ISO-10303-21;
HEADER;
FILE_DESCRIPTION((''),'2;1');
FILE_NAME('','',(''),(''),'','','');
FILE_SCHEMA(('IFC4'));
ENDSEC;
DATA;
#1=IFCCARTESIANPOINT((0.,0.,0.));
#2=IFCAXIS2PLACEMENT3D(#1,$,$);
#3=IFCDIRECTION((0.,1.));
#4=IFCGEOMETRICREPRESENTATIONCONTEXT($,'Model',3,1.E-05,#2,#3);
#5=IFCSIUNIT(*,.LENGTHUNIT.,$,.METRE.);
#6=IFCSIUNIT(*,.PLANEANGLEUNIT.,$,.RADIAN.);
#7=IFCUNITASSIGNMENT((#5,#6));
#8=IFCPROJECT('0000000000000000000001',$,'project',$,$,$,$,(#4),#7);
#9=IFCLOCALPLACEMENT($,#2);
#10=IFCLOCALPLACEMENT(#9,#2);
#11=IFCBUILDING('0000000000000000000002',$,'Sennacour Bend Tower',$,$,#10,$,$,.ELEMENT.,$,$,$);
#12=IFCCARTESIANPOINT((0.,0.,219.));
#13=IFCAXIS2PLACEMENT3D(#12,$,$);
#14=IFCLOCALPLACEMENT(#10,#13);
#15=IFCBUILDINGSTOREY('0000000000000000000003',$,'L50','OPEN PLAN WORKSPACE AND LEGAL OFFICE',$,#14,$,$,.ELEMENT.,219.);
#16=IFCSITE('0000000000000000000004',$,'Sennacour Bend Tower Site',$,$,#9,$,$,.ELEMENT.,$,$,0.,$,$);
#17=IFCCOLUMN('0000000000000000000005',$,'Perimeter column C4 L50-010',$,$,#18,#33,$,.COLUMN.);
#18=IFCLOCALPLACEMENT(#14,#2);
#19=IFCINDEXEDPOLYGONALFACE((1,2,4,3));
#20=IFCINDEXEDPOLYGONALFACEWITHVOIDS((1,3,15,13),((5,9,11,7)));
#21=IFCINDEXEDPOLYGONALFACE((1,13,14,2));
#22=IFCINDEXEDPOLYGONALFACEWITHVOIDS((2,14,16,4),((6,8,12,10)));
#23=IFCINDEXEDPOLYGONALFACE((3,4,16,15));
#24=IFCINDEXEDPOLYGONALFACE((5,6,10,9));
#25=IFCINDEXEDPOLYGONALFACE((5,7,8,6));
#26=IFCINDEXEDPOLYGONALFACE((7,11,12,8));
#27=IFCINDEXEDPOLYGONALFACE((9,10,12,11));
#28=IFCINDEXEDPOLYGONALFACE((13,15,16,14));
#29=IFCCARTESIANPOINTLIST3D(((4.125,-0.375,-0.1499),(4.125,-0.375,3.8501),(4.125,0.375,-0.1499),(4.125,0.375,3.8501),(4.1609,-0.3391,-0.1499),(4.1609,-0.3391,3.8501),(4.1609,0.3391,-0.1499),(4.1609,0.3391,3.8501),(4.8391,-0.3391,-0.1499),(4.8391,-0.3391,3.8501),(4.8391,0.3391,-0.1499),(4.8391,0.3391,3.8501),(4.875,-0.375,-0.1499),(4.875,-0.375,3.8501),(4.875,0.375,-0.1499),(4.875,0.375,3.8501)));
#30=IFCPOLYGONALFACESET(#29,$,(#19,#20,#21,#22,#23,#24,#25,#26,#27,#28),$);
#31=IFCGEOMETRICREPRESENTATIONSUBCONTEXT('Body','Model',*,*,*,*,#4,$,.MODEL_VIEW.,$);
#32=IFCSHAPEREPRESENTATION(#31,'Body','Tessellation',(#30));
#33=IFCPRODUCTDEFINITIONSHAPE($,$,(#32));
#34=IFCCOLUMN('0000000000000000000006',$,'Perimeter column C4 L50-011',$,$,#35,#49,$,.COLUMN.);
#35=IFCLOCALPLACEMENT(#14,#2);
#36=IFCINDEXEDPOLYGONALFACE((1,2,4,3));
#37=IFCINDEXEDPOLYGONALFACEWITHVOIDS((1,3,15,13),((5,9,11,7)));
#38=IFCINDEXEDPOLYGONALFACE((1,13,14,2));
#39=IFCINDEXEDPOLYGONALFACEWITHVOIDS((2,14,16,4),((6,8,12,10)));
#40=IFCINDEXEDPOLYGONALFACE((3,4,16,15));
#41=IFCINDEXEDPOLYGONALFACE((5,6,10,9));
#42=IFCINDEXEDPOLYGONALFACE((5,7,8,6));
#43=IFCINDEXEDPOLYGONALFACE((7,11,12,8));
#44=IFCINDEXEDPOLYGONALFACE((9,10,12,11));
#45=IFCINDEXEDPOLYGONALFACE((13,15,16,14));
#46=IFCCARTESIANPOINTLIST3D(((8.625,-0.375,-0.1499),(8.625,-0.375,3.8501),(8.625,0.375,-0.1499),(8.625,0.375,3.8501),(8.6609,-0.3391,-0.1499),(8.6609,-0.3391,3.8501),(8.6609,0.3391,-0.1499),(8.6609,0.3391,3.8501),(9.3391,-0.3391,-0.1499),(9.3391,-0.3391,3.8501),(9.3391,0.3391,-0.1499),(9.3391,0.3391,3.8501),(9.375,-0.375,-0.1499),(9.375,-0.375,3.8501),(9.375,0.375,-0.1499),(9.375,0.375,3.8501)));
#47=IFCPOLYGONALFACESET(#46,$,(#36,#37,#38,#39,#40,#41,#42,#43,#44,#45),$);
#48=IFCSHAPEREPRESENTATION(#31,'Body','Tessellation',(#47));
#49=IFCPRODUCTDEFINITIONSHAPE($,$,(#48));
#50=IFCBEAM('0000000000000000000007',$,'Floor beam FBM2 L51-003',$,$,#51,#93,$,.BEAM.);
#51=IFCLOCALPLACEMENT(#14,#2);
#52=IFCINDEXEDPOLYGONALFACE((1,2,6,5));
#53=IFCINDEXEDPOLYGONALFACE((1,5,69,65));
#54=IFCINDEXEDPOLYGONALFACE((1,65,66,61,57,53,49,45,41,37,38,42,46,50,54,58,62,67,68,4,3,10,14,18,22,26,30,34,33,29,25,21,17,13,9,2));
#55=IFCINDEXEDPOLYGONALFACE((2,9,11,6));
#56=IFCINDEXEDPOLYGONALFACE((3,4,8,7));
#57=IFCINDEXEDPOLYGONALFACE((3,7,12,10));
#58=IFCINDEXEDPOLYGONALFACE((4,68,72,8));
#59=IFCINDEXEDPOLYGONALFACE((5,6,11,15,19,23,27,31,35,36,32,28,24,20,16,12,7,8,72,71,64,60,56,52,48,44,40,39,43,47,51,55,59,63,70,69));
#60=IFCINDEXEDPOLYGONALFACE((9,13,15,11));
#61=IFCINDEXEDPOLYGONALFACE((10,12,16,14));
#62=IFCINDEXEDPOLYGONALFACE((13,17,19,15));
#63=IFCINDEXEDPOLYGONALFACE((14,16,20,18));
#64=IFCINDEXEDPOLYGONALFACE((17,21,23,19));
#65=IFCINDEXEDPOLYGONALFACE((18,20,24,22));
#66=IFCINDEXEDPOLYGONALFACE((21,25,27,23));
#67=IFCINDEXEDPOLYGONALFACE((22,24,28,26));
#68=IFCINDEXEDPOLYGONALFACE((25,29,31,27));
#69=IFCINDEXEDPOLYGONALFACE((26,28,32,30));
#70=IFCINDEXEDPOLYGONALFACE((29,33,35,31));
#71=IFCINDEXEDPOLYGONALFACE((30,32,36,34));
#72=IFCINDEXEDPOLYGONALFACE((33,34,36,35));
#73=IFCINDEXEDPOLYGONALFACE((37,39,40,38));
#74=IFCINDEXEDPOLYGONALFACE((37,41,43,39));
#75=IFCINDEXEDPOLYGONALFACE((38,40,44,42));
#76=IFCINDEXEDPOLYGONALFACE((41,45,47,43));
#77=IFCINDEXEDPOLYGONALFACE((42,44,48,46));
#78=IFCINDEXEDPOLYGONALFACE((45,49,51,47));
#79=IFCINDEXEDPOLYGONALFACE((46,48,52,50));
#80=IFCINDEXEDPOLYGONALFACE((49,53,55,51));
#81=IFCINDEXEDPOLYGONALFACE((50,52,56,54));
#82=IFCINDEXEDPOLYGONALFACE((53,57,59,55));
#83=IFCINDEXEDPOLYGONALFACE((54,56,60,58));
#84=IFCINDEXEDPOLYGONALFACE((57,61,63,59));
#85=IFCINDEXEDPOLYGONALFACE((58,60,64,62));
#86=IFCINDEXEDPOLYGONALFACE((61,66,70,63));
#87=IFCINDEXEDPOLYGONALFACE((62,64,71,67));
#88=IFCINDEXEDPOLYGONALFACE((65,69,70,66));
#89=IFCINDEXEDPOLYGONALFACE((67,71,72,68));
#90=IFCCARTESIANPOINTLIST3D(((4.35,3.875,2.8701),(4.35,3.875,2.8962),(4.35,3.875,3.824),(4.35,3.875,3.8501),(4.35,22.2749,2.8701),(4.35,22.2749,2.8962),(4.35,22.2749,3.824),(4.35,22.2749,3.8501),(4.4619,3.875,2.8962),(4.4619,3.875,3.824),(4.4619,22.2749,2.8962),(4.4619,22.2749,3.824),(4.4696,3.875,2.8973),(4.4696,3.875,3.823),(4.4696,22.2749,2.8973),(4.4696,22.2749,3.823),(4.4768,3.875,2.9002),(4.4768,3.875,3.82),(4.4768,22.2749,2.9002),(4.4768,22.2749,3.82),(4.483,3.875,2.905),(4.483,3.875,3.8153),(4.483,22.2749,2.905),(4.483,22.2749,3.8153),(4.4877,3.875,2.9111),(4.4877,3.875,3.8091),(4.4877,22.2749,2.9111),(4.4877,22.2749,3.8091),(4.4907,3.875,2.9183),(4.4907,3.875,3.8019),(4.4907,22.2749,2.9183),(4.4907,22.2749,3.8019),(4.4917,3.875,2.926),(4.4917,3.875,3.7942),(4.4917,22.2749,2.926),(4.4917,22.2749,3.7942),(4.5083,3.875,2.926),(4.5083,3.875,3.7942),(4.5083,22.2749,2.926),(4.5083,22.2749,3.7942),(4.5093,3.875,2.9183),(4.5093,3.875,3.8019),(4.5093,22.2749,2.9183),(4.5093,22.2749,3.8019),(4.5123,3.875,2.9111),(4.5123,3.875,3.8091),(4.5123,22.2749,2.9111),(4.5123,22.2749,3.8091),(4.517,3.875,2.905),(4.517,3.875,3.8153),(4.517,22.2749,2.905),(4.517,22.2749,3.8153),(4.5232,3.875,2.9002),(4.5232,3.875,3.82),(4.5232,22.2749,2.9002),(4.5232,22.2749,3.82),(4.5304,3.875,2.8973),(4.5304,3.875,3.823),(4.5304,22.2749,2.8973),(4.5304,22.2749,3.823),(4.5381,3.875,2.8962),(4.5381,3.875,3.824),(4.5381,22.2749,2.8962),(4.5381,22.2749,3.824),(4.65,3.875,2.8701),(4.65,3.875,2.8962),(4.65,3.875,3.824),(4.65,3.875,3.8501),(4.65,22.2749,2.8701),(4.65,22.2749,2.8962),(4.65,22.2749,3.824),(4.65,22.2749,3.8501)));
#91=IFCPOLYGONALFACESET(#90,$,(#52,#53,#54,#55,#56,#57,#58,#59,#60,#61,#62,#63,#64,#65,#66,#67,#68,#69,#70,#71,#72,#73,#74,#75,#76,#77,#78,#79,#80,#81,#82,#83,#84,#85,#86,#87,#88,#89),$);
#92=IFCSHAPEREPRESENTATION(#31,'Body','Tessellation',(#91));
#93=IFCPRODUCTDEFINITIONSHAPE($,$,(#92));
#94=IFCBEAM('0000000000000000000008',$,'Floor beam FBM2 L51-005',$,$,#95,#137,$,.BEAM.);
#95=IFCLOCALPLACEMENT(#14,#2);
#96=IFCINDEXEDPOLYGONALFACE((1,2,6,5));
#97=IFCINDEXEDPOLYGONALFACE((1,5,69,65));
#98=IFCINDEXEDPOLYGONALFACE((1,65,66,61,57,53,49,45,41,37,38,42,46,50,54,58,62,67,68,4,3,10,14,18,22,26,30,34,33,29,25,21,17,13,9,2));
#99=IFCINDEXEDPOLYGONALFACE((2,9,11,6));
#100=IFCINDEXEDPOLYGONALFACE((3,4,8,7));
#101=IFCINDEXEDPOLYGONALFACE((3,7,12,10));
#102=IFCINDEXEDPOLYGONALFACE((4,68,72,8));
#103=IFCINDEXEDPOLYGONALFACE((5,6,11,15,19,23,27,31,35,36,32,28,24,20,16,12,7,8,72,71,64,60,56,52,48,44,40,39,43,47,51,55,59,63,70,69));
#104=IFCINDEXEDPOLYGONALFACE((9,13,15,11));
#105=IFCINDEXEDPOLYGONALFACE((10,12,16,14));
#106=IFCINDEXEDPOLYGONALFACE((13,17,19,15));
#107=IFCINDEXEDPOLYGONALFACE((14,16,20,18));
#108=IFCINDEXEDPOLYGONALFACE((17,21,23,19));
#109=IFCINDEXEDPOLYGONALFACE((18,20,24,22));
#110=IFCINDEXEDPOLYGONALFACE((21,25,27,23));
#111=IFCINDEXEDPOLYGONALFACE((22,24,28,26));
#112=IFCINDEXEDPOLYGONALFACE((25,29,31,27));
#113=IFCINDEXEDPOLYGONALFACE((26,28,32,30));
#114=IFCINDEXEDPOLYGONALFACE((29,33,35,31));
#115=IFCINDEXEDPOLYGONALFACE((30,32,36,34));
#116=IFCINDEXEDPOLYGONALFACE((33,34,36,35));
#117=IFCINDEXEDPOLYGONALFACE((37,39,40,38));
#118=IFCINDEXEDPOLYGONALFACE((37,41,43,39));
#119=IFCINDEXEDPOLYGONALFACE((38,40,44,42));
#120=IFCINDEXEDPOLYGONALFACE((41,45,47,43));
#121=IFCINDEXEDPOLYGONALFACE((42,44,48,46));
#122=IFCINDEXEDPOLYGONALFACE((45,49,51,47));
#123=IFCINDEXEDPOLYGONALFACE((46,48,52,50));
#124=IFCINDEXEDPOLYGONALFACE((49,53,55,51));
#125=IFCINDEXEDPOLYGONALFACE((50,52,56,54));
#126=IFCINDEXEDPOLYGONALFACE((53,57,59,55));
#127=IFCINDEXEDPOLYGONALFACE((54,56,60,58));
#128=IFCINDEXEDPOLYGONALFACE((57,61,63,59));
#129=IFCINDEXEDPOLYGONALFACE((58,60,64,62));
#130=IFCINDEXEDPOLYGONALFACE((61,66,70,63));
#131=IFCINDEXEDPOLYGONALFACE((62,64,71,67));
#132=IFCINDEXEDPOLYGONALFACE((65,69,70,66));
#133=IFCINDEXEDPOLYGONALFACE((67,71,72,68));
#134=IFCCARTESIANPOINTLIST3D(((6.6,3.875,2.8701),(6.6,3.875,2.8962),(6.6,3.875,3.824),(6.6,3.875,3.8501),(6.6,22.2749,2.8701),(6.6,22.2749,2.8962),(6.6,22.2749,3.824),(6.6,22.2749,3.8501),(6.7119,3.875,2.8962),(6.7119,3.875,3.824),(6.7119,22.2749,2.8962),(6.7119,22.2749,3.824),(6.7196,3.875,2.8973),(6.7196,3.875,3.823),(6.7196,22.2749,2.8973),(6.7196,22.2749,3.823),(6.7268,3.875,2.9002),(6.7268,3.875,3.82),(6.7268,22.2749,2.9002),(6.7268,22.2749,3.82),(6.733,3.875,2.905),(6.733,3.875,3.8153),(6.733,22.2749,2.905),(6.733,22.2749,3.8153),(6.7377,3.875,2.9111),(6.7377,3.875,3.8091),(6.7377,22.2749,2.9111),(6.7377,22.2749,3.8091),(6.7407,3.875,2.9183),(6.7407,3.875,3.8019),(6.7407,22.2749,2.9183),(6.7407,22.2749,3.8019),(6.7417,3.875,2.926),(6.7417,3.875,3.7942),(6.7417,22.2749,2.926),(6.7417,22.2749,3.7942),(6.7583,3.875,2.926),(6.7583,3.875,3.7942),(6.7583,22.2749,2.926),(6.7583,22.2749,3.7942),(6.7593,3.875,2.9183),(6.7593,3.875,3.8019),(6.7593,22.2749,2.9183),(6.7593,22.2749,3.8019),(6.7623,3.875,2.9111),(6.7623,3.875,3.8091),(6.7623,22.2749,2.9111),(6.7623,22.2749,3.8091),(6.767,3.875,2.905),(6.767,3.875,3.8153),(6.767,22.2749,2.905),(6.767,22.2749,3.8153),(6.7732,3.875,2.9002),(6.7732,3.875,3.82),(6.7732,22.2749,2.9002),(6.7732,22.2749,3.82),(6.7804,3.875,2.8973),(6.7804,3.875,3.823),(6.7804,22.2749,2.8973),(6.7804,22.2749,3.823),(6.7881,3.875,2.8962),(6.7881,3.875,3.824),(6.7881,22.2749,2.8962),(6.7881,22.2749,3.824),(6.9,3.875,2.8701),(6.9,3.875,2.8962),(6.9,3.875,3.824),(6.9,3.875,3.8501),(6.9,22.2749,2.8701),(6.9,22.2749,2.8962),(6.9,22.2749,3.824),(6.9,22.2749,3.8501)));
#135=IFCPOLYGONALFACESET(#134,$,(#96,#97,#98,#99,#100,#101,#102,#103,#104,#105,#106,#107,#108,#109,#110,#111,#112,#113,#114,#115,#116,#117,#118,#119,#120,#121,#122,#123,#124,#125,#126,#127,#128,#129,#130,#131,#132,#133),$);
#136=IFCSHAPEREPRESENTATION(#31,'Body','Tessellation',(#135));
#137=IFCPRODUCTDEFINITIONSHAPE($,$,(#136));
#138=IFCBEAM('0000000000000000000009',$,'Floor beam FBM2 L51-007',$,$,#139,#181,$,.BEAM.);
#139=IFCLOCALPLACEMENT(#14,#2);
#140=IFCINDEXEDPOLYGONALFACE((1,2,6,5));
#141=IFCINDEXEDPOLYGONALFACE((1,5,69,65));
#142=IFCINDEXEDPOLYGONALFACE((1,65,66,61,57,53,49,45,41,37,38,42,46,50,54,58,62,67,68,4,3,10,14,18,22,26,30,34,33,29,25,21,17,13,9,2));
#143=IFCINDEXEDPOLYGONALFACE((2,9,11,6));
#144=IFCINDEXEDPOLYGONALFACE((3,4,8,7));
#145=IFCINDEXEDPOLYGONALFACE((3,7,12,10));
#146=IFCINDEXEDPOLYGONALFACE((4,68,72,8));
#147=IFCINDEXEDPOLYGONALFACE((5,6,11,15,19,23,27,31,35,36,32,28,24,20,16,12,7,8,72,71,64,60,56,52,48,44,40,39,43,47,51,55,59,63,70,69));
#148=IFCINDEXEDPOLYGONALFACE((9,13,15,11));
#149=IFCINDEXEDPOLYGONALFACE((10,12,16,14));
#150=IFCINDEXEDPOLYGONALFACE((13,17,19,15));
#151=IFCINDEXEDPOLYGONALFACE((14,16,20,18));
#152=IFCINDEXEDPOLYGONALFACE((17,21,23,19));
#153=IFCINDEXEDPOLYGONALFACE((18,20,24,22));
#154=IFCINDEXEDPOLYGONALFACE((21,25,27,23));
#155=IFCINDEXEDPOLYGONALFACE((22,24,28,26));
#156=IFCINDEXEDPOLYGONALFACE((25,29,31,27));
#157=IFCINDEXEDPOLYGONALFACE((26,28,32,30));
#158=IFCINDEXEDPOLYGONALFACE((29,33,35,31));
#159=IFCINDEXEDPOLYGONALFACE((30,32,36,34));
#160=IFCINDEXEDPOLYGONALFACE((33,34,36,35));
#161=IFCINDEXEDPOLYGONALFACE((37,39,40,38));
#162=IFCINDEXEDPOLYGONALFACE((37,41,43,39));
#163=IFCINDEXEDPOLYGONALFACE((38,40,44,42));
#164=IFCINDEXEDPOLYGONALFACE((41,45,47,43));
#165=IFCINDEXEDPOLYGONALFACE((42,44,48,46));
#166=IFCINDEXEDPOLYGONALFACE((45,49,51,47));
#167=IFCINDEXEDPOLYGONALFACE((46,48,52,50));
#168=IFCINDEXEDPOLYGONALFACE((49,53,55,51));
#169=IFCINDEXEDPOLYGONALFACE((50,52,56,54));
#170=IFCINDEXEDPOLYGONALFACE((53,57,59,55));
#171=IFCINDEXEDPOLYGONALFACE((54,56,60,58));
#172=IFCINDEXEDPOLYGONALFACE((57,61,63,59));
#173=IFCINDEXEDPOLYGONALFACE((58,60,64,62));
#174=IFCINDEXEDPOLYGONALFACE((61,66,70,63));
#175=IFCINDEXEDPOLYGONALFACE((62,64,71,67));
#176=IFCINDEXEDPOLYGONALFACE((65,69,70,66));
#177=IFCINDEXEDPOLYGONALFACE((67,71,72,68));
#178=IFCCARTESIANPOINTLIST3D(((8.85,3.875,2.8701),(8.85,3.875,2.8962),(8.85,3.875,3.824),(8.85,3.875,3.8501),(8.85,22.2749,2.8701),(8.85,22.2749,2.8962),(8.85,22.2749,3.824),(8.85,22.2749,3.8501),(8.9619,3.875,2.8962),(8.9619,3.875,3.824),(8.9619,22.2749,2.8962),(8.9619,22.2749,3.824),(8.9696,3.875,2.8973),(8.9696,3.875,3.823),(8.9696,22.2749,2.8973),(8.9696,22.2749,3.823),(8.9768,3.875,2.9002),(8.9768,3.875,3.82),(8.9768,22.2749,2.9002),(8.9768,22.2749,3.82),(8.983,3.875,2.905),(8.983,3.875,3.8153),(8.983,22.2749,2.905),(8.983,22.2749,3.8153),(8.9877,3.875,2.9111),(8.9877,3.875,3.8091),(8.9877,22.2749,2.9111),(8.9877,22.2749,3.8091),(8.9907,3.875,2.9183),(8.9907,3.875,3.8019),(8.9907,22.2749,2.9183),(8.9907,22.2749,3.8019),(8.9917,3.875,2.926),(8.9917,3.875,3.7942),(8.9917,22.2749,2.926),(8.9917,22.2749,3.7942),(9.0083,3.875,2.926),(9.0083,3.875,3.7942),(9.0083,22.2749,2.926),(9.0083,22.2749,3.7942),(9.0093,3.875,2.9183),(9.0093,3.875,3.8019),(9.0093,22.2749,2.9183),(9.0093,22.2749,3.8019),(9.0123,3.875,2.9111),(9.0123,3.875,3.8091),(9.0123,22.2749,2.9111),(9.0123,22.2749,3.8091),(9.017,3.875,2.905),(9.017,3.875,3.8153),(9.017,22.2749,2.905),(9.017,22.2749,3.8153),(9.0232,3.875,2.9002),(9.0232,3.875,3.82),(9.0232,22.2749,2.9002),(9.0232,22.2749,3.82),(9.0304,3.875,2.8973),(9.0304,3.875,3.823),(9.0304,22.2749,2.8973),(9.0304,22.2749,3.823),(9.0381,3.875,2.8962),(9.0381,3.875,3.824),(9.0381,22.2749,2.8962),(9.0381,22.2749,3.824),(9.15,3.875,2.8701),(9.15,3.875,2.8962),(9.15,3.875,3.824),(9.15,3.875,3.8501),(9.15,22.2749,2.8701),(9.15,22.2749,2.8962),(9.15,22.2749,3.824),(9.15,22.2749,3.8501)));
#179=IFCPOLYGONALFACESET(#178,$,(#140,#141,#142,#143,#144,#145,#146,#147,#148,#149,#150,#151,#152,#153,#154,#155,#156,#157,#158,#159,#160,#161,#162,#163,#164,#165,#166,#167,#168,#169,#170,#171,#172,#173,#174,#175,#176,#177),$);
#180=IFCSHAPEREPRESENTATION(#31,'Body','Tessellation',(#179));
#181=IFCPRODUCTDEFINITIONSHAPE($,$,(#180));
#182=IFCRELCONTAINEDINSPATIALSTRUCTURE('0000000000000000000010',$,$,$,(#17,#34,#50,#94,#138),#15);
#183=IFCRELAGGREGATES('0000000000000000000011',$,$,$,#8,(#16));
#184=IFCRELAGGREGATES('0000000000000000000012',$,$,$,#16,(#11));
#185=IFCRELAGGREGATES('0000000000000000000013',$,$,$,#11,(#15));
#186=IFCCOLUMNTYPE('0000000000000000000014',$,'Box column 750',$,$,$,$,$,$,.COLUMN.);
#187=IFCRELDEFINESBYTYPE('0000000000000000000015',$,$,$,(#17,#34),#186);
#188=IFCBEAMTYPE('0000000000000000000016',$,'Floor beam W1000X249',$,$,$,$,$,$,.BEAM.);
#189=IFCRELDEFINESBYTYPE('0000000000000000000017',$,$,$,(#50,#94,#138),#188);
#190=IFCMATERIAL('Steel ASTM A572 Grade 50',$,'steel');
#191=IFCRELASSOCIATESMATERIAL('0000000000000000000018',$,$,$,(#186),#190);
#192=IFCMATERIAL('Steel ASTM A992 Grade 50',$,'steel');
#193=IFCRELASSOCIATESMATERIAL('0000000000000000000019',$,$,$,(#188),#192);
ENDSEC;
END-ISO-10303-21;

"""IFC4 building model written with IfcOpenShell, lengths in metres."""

from ifc_helpers import new_model, si_unit, direction, frame, origin, origin_2d, place, context, subcontext, project, spatial, hollow_rectangle, i_section, extrude, material, material_profile, profile_set, type_object, element, save


model = new_model("IFC4")

# Units and contexts
model_context = context("Model", 3, precision=1e-05, world=origin(), true_north=direction((0.0, 1.0)))
body_context = subcontext(model_context, "Body", "Model", "MODEL_VIEW")
ifc_project = project(units=[si_unit("LENGTHUNIT", "METRE"), si_unit("PLANEANGLEUNIT", "RADIAN")], contexts=[model_context])

# Site, building, storey
site_placement = place(None, origin())
site = spatial("IfcSite", under=ifc_project, at=site_placement, Name="Sennacour Bend Tower Site", CompositionType="ELEMENT", RefElevation=0.0)
building_placement = place(site_placement, origin())
building = spatial("IfcBuilding", under=site, at=building_placement, Name="Sennacour Bend Tower", CompositionType="ELEMENT")
storey_placement = place(building_placement, frame((0.0, 0.0, 219.0)))
storey = spatial("IfcBuildingStorey", under=building, at=storey_placement, Name="L50", Description="OPEN PLAN WORKSPACE AND LEGAL OFFICE", CompositionType="ELEMENT", Elevation=219.0)

# Columns
ifc_material_1 = material(Name="Steel ASTM A572 Grade 50", Category="steel")
ifc_material_profile_1 = material_profile(ifc_material_1, hollow_rectangle(XDim=0.75, YDim=0.75, WallThickness=0.0359, at=origin_2d()), Name="Steel ASTM A572 Grade 50", Category="steel")
ifc_profile_set_1 = profile_set([ifc_material_profile_1], Name="Steel ASTM A572 Grade 50")
column_type = type_object("IfcColumnType", Name="Box column 750", PredefinedType="COLUMN", material=ifc_profile_set_1)
for number, where, z_axis, x_axis, name in (
    (1, (4.5, 0.0, -0.1499), (0.0, 0.0, 1.0), (1.0, 0.0, 0.0), "Perimeter column C4 L50-010"),
    (2, (9.0, 0.0, -0.1499), (0.0, 0.0, 1.0), (1.0, 0.0, 0.0), "Perimeter column C4 L50-011"),
):
    element("IfcColumn", number, at=place(storey_placement, frame(where, z_axis=z_axis, x_axis=x_axis)), inside=storey, type_object=column_type, Name=name, PredefinedType="COLUMN", context=body_context, shape_type="SweptSolid", body=[
        extrude(hollow_rectangle(XDim=0.75, YDim=0.75, WallThickness=0.0359, at=origin_2d()), origin(), (0.0, 0.0, 1.0), 4.0),
    ])

# Beams
ifc_material_2 = material(Name="Steel ASTM A992 Grade 50", Category="steel")
ifc_material_profile_2 = material_profile(ifc_material_2, i_section(OverallWidth=0.3, OverallDepth=0.98, WebThickness=0.0166, FlangeThickness=0.0261, FilletRadius=0.0298, at=origin_2d()), Name="Steel ASTM A992 Grade 50", Category="steel")
ifc_profile_set_2 = profile_set([ifc_material_profile_2], Name="Steel ASTM A992 Grade 50")
beam_type_1 = type_object("IfcBeamType", Name="Floor beam W1000X249", PredefinedType="BEAM", material=ifc_profile_set_2)
for number, where, z_axis, x_axis, name in (
    (3, (4.5, 3.875, 3.3601), (0.0, 1.0, 0.0), (-1.0, 0.0, 0.0), "Floor beam FBM2 L51-003"),
    (4, (6.75, 3.875, 3.3601), (0.0, 1.0, 0.0), (-1.0, 0.0, 0.0), "Floor beam FBM2 L51-005"),
    (5, (9.0, 3.875, 3.3601), (0.0, 1.0, 0.0), (-1.0, 0.0, 0.0), "Floor beam FBM2 L51-007"),
):
    element("IfcBeam", number, at=place(storey_placement, frame(where, z_axis=z_axis, x_axis=x_axis)), inside=storey, type_object=beam_type_1, Name=name, PredefinedType="BEAM", context=body_context, shape_type="SweptSolid", body=[
        extrude(i_section(OverallWidth=0.3, OverallDepth=0.98, WebThickness=0.0166, FlangeThickness=0.0261, FilletRadius=0.0298, at=origin_2d()), origin(), (0.0, 0.0, 1.0), 18.3999),
    ])

save(model, "model.ifc")
